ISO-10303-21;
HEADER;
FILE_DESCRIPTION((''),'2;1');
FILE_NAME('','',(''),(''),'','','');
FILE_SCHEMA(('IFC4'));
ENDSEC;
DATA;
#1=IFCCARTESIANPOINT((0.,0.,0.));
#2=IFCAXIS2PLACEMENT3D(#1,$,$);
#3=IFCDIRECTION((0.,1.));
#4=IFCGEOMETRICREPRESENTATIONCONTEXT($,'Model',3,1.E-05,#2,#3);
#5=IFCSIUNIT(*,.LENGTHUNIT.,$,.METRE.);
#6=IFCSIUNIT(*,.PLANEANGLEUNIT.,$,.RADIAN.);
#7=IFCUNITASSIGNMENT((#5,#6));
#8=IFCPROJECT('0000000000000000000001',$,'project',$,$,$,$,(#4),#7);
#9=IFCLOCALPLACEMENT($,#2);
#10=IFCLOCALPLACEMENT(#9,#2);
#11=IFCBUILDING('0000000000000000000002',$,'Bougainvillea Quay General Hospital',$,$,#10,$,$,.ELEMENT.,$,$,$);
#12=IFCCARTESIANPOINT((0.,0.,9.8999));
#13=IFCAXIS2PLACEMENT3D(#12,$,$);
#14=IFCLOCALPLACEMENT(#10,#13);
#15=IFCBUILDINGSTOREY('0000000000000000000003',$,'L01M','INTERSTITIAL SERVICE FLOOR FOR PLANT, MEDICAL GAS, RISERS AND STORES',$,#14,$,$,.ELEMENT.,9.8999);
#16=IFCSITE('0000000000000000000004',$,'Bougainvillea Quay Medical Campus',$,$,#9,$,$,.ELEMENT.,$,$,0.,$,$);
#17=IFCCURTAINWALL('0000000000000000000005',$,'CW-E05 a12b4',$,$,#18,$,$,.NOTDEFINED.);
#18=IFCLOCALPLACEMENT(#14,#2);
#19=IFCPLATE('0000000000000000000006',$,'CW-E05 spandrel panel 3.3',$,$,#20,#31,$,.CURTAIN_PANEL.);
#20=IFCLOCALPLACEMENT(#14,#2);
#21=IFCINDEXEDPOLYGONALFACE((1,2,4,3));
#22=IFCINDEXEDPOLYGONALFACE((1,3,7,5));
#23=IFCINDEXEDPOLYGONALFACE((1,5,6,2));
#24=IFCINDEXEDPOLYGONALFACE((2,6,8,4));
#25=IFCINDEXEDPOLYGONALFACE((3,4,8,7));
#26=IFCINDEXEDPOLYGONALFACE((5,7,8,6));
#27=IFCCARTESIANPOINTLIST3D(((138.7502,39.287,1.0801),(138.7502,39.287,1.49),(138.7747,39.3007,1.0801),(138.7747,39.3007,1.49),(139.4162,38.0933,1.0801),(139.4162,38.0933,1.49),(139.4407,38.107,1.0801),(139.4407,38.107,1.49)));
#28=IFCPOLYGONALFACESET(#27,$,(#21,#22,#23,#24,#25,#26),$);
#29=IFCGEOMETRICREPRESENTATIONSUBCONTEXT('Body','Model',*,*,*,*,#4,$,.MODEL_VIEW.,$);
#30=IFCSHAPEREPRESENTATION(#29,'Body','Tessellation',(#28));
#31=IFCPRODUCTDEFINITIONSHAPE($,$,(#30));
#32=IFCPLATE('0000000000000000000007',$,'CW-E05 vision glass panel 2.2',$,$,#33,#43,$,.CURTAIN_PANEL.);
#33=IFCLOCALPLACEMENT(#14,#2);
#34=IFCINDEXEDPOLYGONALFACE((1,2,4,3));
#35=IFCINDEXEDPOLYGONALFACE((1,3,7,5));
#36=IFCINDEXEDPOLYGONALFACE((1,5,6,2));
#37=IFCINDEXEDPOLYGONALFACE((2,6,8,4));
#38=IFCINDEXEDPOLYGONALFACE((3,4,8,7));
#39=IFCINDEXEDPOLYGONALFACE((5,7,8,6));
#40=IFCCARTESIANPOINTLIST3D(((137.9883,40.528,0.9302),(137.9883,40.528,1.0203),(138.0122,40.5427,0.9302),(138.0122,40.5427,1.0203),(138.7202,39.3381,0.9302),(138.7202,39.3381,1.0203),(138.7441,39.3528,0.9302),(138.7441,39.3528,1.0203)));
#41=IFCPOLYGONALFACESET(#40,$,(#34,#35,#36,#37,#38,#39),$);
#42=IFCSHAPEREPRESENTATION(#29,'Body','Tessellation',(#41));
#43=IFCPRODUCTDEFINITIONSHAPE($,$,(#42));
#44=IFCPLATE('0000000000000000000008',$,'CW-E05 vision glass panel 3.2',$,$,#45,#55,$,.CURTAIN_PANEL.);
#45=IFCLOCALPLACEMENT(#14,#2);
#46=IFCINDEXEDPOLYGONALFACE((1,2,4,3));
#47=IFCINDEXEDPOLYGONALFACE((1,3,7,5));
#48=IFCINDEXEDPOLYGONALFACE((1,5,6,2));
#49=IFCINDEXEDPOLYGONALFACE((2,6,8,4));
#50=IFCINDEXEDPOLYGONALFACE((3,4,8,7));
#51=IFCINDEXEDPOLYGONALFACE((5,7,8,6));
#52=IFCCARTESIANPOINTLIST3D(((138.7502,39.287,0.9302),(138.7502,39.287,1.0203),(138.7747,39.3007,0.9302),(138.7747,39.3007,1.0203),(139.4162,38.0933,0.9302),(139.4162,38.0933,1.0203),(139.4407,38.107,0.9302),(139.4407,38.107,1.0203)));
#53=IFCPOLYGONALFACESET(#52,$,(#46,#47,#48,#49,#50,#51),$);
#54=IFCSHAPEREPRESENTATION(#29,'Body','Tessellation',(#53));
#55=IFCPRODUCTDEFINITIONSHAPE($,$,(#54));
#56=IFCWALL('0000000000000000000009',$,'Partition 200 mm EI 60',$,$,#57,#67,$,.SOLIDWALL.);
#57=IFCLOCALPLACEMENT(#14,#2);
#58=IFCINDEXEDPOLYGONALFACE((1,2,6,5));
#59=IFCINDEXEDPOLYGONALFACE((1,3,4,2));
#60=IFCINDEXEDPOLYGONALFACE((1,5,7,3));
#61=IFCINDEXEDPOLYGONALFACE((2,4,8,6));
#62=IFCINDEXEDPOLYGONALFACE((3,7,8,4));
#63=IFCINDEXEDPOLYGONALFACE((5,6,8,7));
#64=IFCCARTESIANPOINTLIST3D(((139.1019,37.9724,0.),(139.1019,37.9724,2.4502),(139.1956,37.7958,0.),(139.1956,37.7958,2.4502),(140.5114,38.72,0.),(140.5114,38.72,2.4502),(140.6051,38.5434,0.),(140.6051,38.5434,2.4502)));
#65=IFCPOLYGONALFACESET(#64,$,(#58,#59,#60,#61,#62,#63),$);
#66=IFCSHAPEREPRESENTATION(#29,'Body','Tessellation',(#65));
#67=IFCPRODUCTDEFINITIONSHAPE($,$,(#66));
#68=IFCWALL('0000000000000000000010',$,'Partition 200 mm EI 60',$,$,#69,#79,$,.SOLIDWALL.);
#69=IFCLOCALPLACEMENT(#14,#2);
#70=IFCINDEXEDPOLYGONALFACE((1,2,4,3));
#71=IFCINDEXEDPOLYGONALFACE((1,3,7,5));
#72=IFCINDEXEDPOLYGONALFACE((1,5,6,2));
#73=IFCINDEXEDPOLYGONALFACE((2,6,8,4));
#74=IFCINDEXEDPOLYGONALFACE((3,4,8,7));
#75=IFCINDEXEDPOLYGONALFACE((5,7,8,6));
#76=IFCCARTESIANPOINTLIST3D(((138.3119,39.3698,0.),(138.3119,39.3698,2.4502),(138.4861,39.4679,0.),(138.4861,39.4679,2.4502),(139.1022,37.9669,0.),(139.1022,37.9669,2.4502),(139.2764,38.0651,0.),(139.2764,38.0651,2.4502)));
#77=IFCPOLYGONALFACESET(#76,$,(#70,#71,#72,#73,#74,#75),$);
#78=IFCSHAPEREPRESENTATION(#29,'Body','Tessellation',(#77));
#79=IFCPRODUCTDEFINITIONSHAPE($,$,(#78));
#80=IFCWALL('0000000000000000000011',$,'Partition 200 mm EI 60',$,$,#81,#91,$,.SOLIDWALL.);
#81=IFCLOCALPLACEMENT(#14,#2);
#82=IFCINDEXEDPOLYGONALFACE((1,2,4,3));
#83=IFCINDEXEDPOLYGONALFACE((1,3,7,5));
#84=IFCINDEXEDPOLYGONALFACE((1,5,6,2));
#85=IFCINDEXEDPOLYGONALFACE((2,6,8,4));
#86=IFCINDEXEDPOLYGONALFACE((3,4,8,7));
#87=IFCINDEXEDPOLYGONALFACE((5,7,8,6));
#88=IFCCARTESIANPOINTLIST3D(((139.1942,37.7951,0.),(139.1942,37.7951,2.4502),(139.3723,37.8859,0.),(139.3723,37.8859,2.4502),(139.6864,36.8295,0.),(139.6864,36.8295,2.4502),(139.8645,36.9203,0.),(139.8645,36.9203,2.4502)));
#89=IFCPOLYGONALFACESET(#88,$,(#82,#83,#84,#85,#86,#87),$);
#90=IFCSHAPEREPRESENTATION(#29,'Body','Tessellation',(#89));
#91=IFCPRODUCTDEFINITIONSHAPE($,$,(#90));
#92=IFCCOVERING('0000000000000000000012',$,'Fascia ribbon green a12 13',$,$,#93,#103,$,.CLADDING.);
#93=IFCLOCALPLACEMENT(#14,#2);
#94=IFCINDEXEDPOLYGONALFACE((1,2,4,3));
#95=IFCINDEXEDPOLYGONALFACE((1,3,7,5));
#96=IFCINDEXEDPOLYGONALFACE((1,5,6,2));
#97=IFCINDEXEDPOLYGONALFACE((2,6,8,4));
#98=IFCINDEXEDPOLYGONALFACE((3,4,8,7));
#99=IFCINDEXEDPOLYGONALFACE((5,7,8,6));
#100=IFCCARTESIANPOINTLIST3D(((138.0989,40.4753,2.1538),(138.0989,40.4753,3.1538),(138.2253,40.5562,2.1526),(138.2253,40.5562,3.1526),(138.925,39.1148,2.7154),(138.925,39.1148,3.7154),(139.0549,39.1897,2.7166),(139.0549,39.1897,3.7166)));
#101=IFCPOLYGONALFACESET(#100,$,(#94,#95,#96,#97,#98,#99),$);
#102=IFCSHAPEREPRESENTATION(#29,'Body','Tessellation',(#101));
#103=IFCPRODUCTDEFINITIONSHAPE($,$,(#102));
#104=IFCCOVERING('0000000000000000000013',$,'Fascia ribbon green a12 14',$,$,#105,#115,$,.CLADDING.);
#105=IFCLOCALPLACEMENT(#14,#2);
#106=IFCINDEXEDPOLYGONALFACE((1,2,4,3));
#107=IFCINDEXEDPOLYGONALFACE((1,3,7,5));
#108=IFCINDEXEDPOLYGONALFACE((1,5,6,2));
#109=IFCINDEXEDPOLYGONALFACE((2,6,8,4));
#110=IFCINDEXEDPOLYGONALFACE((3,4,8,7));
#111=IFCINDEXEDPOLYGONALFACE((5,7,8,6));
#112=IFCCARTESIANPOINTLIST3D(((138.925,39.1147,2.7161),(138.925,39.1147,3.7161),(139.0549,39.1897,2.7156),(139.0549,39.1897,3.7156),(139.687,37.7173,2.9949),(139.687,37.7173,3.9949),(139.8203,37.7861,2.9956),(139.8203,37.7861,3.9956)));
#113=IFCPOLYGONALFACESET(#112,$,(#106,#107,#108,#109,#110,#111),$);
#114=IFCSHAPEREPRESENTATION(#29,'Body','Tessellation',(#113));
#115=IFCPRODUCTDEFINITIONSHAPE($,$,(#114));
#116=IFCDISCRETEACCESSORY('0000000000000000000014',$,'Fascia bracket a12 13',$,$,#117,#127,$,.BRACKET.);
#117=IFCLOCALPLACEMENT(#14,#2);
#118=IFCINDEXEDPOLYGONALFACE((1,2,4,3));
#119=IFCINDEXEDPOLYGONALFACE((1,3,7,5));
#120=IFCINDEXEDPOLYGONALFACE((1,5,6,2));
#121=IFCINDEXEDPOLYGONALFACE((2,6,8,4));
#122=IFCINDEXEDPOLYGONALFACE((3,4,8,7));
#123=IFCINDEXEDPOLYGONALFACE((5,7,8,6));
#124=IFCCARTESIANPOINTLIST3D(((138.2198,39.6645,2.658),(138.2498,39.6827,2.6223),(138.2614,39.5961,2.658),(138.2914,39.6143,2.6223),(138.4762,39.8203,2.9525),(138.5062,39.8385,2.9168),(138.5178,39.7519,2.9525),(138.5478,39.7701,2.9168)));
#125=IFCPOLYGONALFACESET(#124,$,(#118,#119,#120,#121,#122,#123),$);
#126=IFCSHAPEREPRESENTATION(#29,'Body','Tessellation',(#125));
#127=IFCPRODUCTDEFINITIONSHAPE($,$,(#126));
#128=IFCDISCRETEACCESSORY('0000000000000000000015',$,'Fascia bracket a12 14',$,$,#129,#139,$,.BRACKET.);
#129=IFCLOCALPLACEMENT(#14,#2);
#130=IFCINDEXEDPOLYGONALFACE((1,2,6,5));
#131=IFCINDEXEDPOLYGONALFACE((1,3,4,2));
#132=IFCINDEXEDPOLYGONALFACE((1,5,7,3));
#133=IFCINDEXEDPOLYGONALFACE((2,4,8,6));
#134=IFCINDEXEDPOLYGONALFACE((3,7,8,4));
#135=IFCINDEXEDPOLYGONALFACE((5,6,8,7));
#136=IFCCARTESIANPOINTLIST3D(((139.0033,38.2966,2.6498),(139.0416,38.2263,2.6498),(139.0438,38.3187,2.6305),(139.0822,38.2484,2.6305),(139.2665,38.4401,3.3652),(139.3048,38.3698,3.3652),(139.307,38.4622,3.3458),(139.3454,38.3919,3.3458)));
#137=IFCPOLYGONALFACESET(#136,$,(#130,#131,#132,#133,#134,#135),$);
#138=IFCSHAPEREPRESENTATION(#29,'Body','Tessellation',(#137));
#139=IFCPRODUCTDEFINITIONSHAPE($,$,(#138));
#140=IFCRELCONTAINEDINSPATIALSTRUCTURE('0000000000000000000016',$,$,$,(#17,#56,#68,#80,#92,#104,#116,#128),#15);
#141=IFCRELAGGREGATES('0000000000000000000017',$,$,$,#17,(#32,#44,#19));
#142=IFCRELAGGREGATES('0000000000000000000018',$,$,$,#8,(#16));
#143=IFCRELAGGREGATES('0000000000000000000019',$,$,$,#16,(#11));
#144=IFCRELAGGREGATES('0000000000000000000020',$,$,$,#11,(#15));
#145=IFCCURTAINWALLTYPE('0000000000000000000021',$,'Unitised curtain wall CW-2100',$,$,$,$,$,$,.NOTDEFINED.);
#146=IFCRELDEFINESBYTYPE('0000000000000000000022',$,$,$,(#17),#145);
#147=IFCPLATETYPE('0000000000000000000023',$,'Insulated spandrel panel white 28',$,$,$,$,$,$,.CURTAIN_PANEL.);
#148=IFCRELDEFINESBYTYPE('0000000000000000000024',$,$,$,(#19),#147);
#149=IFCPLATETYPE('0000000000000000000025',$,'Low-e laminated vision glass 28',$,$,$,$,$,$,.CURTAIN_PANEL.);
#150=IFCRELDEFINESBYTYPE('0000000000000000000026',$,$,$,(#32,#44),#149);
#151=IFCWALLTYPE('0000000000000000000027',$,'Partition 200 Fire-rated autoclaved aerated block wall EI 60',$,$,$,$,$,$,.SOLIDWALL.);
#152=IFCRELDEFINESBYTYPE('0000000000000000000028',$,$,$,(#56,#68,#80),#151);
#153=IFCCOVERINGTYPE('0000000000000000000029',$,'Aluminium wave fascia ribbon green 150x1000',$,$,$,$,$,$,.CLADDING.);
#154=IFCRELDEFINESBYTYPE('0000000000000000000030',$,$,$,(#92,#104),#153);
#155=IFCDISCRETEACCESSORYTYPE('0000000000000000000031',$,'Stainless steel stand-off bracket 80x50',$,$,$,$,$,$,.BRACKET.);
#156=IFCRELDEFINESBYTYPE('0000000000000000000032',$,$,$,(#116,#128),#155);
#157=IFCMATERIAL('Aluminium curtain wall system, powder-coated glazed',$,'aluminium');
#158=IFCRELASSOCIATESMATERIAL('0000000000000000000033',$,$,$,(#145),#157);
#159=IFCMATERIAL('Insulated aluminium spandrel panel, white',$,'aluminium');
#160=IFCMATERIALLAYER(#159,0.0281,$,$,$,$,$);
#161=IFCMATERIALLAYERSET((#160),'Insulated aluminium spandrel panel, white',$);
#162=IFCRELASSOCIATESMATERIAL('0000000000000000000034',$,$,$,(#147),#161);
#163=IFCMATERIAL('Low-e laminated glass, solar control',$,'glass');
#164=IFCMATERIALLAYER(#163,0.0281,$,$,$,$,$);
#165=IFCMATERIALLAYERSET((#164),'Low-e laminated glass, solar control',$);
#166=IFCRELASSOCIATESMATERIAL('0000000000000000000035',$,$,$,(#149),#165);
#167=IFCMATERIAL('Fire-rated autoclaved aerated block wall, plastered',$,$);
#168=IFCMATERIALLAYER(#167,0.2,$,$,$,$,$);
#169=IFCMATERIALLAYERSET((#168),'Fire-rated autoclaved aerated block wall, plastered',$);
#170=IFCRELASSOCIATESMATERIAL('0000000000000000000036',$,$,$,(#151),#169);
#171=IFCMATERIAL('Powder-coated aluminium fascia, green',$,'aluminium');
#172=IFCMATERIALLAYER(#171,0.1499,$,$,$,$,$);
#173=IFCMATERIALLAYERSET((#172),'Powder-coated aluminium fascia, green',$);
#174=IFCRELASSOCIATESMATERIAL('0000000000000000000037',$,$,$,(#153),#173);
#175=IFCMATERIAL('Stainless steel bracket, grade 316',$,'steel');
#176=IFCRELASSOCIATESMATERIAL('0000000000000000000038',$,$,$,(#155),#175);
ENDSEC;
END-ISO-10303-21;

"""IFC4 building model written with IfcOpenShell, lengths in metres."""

from ifc_helpers import new_model, si_unit, direction, frame, frame_2d, origin, origin_2d, place, context, subcontext, project, spatial, polyline, rectangle, outline, extrude, material, layer, layer_set, material_profile, profile_set, type_object, element, aggregate, save


model = new_model("IFC4")

# Units and contexts
model_context = context("Model", 3, precision=1e-05, world=origin(), true_north=direction((0.0, 1.0)))
body_context = subcontext(model_context, "Body", "Model", "MODEL_VIEW")
ifc_project = project(units=[si_unit("LENGTHUNIT", "METRE"), si_unit("PLANEANGLEUNIT", "RADIAN")], contexts=[model_context])

# Site, building, storey
site_placement = place(None, origin())
site = spatial("IfcSite", under=ifc_project, at=site_placement, Name="Bougainvillea Quay Medical Campus", CompositionType="ELEMENT", RefElevation=0.0)
building_placement = place(site_placement, origin())
building = spatial("IfcBuilding", under=site, at=building_placement, Name="Bougainvillea Quay General Hospital", CompositionType="ELEMENT")
storey_placement = place(building_placement, frame((0.0, 0.0, 9.8999)))
storey = spatial("IfcBuildingStorey", under=building, at=storey_placement, Name="L01M", Description="INTERSTITIAL SERVICE FLOOR FOR PLANT, MEDICAL GAS, RISERS AND STORES", CompositionType="ELEMENT", Elevation=9.8999)

# Curtain wall
ifc_material_1 = material(Name="Aluminium curtain wall system, powder-coated glazed", Category="aluminium")
curtain_wall_type = type_object("IfcCurtainWallType", Name="Unitised curtain wall CW-2100", PredefinedType="NOTDEFINED", material=ifc_material_1)
curtain_wall_1_placement = place(storey_placement, origin())
curtain_wall_1 = element("IfcCurtainWall", 1, at=curtain_wall_1_placement, inside=storey, type_object=curtain_wall_type, Name="CW-E05 a12b4", PredefinedType="NOTDEFINED")

# Plates
ifc_material_2 = material(Name="Insulated aluminium spandrel panel, white", Category="aluminium")
ifc_layer_1 = layer(ifc_material_2, 0.0281)
ifc_layer_set_1 = layer_set([ifc_layer_1], Name="Insulated aluminium spandrel panel, white")
plate_type_1 = type_object("IfcPlateType", Name="Insulated spandrel panel white 28", PredefinedType="CURTAIN_PANEL", material=ifc_layer_set_1)
plate_1_placement = place(storey_placement, frame((139.0955, 38.697, 1.0801), z_axis=(0.0, 0.0, 1.0), x_axis=(0.48723, -0.873274, 0.0)))
plate_1 = element("IfcPlate", 2, at=plate_1_placement, type_object=plate_type_1, Name="CW-E05 spandrel panel 3.3", PredefinedType="CURTAIN_PANEL", context=body_context, shape_type="SweptSolid", body=[
    extrude(rectangle(XDim=1.3669, YDim=0.0281, at=origin_2d()), origin(), (0.0, 0.0, 1.0), 0.4099),
])
ifc_material_3 = material(Name="Low-e laminated glass, solar control", Category="glass")
ifc_layer_2 = layer(ifc_material_3, 0.0281)
ifc_layer_set_2 = layer_set([ifc_layer_2], Name="Low-e laminated glass, solar control")
plate_type_2 = type_object("IfcPlateType", Name="Low-e laminated vision glass 28", PredefinedType="CURTAIN_PANEL", material=ifc_layer_set_2)
plate_2_placement = place(storey_placement, frame((138.3662, 39.9404, 0.9302), z_axis=(0.0, 0.0, 1.0), x_axis=(0.523926, -0.851764, 0.0)))
plate_2 = element("IfcPlate", 3, at=plate_2_placement, type_object=plate_type_2, Name="CW-E05 vision glass panel 2.2", PredefinedType="CURTAIN_PANEL", context=body_context, shape_type="SweptSolid", body=[
    extrude(rectangle(XDim=1.397, YDim=0.0281, at=origin_2d()), origin(), (0.0, 0.0, 1.0), 0.0901),
])
plate_3_placement = place(storey_placement, frame((139.0955, 38.697, 0.9302), z_axis=(0.0, 0.0, 1.0), x_axis=(0.48723, -0.873274, 0.0)))
plate_3 = element("IfcPlate", 4, at=plate_3_placement, type_object=plate_type_2, Name="CW-E05 vision glass panel 3.2", PredefinedType="CURTAIN_PANEL", context=body_context, shape_type="SweptSolid", body=[
    extrude(rectangle(XDim=1.3669, YDim=0.0281, at=origin_2d()), origin(), (0.0, 0.0, 1.0), 0.0901),
])
aggregate(curtain_wall_1, [plate_2, plate_3, plate_1])

# Walls
ifc_material_4 = material(Name="Fire-rated autoclaved aerated block wall, plastered")
ifc_layer_3 = layer(ifc_material_4, 0.2)
ifc_layer_set_3 = layer_set([ifc_layer_3], Name="Fire-rated autoclaved aerated block wall, plastered")
wall_type = type_object("IfcWallType", Name="Partition 200 Fire-rated autoclaved aerated block wall EI 60", PredefinedType="SOLIDWALL", material=ifc_layer_set_3)
wall_1_placement = place(storey_placement, frame((139.1487, 37.884, 0.0), z_axis=(0.0, 0.0, 1.0), x_axis=(0.883427, 0.46857, 0.0)))
element("IfcWall", 5, at=wall_1_placement, inside=storey, type_object=wall_type, Name="Partition 200 mm EI 60", PredefinedType="SOLIDWALL", context=body_context, shape_type="SweptSolid", body=[
    extrude(rectangle(XDim=1.5955, YDim=0.2, at=frame_2d((0.7979, 0.0))), origin(), (0.0, 0.0, 1.0), 2.4502),
])
wall_2_placement = place(storey_placement, frame((138.3989, 39.4189, 0.0), z_axis=(0.0, 0.0, 1.0), x_axis=(0.490823, -0.87126, 0.0)))
element("IfcWall", 6, at=wall_2_placement, inside=storey, type_object=wall_type, Name="Partition 200 mm EI 60", PredefinedType="SOLIDWALL", context=body_context, shape_type="SweptSolid", body=[
    extrude(rectangle(XDim=1.6101, YDim=0.2, at=frame_2d((0.8052, 0.0))), origin(), (0.0, 0.0, 1.0), 2.4502),
])
wall_3_placement = place(storey_placement, frame((139.2832, 37.8406, 0.0), z_axis=(0.0, 0.0, 1.0), x_axis=(0.454138, -0.890931, 0.0)))
element("IfcWall", 7, at=wall_3_placement, inside=storey, type_object=wall_type, Name="Partition 200 mm EI 60", PredefinedType="SOLIDWALL", context=body_context, shape_type="SweptSolid", body=[
    extrude(rectangle(XDim=1.0837, YDim=0.2, at=frame_2d((0.542, 0.0))), origin(), (0.0, 0.0, 1.0), 2.4502),
])

# Coverings
ifc_material_5 = material(Name="Powder-coated aluminium fascia, green", Category="aluminium")
ifc_layer_4 = layer(ifc_material_5, 0.1499)
ifc_layer_set_4 = layer_set([ifc_layer_4], Name="Powder-coated aluminium fascia, green")
covering_type = type_object("IfcCoveringType", Name="Aluminium wave fascia ribbon green 150x1000", PredefinedType="CLADDING", material=ifc_layer_set_4)
covering_1_placement = place(storey_placement, frame((138.0989, 40.4753, 2.1538), z_axis=(-0.172755, 0.284314, 0.943038), x_axis=(0.489458, -0.806072, 0.332684)))
element("IfcCovering", 8, at=covering_1_placement, inside=storey, type_object=covering_type, Name="Fascia ribbon green a12 13", PredefinedType="CLADDING", context=body_context, shape_type="SweptSolid", body=[
    extrude(outline(polyline([(0.0, 0.0), (1.6879, 0.0), (1.6915, 0.1499), (-0.0036, 0.15), (0.0, 0.0)])), origin(), (0.332684, 0.000093, 0.943038), 1.0),
])
covering_2_placement = place(storey_placement, frame((138.925, 39.1147, 2.7161), z_axis=(-0.083432, 0.151026, 0.985003), x_axis=(0.471533, -0.864805, 0.172537)))
element("IfcCovering", 9, at=covering_2_placement, inside=storey, type_object=covering_type, Name="Fascia ribbon green a12 14", PredefinedType="CLADDING", context=body_context, shape_type="SweptSolid", body=[
    extrude(outline(polyline([(0.0, 0.0), (1.6159, 0.0), (1.6194, 0.15), (-0.0037, 0.1499), (0.0, 0.0)])), origin(), (0.172537, 0.000938, 0.985003), 1.0),
])

# Discrete accessories
ifc_material_6 = material(Name="Stainless steel bracket, grade 316", Category="steel")
ifc_material_profile_1 = material_profile(ifc_material_6, rectangle(XDim=0.0801, YDim=0.05, at=origin_2d()))
ifc_profile_set_1 = profile_set([ifc_material_profile_1], Name="Stainless steel bracket, grade 316")
discrete_accessory_type = type_object("IfcDiscreteAccessoryType", Name="Stainless steel stand-off bracket 80x50", PredefinedType="BRACKET", material=ifc_profile_set_1)
discrete_accessory_1_placement = place(storey_placement, frame((138.2556, 39.6394, 2.6401), z_axis=(0.60989, 0.370581, 0.700502), x_axis=(-0.519275, 0.854607, 0.0)))
element("IfcDiscreteAccessory", 10, at=discrete_accessory_1_placement, inside=storey, type_object=discrete_accessory_type, Name="Fascia bracket a12 13", PredefinedType="BRACKET", context=body_context, shape_type="SweptSolid", body=[
    extrude(rectangle(XDim=0.0801, YDim=0.05, at=origin_2d()), origin(), (0.0, 0.0, 1.0), 0.4204),
])
discrete_accessory_2_placement = place(storey_placement, frame((139.0427, 38.2725, 2.6401), z_axis=(0.339324, 0.185086, 0.922281), x_axis=(-0.478852, 0.877896, 0.0)))
element("IfcDiscreteAccessory", 11, at=discrete_accessory_2_placement, inside=storey, type_object=discrete_accessory_type, Name="Fascia bracket a12 14", PredefinedType="BRACKET", context=body_context, shape_type="SweptSolid", body=[
    extrude(rectangle(XDim=0.0801, YDim=0.05, at=origin_2d()), origin(), (0.0, 0.0, 1.0), 0.7756),
])

save(model, "model.ifc")
